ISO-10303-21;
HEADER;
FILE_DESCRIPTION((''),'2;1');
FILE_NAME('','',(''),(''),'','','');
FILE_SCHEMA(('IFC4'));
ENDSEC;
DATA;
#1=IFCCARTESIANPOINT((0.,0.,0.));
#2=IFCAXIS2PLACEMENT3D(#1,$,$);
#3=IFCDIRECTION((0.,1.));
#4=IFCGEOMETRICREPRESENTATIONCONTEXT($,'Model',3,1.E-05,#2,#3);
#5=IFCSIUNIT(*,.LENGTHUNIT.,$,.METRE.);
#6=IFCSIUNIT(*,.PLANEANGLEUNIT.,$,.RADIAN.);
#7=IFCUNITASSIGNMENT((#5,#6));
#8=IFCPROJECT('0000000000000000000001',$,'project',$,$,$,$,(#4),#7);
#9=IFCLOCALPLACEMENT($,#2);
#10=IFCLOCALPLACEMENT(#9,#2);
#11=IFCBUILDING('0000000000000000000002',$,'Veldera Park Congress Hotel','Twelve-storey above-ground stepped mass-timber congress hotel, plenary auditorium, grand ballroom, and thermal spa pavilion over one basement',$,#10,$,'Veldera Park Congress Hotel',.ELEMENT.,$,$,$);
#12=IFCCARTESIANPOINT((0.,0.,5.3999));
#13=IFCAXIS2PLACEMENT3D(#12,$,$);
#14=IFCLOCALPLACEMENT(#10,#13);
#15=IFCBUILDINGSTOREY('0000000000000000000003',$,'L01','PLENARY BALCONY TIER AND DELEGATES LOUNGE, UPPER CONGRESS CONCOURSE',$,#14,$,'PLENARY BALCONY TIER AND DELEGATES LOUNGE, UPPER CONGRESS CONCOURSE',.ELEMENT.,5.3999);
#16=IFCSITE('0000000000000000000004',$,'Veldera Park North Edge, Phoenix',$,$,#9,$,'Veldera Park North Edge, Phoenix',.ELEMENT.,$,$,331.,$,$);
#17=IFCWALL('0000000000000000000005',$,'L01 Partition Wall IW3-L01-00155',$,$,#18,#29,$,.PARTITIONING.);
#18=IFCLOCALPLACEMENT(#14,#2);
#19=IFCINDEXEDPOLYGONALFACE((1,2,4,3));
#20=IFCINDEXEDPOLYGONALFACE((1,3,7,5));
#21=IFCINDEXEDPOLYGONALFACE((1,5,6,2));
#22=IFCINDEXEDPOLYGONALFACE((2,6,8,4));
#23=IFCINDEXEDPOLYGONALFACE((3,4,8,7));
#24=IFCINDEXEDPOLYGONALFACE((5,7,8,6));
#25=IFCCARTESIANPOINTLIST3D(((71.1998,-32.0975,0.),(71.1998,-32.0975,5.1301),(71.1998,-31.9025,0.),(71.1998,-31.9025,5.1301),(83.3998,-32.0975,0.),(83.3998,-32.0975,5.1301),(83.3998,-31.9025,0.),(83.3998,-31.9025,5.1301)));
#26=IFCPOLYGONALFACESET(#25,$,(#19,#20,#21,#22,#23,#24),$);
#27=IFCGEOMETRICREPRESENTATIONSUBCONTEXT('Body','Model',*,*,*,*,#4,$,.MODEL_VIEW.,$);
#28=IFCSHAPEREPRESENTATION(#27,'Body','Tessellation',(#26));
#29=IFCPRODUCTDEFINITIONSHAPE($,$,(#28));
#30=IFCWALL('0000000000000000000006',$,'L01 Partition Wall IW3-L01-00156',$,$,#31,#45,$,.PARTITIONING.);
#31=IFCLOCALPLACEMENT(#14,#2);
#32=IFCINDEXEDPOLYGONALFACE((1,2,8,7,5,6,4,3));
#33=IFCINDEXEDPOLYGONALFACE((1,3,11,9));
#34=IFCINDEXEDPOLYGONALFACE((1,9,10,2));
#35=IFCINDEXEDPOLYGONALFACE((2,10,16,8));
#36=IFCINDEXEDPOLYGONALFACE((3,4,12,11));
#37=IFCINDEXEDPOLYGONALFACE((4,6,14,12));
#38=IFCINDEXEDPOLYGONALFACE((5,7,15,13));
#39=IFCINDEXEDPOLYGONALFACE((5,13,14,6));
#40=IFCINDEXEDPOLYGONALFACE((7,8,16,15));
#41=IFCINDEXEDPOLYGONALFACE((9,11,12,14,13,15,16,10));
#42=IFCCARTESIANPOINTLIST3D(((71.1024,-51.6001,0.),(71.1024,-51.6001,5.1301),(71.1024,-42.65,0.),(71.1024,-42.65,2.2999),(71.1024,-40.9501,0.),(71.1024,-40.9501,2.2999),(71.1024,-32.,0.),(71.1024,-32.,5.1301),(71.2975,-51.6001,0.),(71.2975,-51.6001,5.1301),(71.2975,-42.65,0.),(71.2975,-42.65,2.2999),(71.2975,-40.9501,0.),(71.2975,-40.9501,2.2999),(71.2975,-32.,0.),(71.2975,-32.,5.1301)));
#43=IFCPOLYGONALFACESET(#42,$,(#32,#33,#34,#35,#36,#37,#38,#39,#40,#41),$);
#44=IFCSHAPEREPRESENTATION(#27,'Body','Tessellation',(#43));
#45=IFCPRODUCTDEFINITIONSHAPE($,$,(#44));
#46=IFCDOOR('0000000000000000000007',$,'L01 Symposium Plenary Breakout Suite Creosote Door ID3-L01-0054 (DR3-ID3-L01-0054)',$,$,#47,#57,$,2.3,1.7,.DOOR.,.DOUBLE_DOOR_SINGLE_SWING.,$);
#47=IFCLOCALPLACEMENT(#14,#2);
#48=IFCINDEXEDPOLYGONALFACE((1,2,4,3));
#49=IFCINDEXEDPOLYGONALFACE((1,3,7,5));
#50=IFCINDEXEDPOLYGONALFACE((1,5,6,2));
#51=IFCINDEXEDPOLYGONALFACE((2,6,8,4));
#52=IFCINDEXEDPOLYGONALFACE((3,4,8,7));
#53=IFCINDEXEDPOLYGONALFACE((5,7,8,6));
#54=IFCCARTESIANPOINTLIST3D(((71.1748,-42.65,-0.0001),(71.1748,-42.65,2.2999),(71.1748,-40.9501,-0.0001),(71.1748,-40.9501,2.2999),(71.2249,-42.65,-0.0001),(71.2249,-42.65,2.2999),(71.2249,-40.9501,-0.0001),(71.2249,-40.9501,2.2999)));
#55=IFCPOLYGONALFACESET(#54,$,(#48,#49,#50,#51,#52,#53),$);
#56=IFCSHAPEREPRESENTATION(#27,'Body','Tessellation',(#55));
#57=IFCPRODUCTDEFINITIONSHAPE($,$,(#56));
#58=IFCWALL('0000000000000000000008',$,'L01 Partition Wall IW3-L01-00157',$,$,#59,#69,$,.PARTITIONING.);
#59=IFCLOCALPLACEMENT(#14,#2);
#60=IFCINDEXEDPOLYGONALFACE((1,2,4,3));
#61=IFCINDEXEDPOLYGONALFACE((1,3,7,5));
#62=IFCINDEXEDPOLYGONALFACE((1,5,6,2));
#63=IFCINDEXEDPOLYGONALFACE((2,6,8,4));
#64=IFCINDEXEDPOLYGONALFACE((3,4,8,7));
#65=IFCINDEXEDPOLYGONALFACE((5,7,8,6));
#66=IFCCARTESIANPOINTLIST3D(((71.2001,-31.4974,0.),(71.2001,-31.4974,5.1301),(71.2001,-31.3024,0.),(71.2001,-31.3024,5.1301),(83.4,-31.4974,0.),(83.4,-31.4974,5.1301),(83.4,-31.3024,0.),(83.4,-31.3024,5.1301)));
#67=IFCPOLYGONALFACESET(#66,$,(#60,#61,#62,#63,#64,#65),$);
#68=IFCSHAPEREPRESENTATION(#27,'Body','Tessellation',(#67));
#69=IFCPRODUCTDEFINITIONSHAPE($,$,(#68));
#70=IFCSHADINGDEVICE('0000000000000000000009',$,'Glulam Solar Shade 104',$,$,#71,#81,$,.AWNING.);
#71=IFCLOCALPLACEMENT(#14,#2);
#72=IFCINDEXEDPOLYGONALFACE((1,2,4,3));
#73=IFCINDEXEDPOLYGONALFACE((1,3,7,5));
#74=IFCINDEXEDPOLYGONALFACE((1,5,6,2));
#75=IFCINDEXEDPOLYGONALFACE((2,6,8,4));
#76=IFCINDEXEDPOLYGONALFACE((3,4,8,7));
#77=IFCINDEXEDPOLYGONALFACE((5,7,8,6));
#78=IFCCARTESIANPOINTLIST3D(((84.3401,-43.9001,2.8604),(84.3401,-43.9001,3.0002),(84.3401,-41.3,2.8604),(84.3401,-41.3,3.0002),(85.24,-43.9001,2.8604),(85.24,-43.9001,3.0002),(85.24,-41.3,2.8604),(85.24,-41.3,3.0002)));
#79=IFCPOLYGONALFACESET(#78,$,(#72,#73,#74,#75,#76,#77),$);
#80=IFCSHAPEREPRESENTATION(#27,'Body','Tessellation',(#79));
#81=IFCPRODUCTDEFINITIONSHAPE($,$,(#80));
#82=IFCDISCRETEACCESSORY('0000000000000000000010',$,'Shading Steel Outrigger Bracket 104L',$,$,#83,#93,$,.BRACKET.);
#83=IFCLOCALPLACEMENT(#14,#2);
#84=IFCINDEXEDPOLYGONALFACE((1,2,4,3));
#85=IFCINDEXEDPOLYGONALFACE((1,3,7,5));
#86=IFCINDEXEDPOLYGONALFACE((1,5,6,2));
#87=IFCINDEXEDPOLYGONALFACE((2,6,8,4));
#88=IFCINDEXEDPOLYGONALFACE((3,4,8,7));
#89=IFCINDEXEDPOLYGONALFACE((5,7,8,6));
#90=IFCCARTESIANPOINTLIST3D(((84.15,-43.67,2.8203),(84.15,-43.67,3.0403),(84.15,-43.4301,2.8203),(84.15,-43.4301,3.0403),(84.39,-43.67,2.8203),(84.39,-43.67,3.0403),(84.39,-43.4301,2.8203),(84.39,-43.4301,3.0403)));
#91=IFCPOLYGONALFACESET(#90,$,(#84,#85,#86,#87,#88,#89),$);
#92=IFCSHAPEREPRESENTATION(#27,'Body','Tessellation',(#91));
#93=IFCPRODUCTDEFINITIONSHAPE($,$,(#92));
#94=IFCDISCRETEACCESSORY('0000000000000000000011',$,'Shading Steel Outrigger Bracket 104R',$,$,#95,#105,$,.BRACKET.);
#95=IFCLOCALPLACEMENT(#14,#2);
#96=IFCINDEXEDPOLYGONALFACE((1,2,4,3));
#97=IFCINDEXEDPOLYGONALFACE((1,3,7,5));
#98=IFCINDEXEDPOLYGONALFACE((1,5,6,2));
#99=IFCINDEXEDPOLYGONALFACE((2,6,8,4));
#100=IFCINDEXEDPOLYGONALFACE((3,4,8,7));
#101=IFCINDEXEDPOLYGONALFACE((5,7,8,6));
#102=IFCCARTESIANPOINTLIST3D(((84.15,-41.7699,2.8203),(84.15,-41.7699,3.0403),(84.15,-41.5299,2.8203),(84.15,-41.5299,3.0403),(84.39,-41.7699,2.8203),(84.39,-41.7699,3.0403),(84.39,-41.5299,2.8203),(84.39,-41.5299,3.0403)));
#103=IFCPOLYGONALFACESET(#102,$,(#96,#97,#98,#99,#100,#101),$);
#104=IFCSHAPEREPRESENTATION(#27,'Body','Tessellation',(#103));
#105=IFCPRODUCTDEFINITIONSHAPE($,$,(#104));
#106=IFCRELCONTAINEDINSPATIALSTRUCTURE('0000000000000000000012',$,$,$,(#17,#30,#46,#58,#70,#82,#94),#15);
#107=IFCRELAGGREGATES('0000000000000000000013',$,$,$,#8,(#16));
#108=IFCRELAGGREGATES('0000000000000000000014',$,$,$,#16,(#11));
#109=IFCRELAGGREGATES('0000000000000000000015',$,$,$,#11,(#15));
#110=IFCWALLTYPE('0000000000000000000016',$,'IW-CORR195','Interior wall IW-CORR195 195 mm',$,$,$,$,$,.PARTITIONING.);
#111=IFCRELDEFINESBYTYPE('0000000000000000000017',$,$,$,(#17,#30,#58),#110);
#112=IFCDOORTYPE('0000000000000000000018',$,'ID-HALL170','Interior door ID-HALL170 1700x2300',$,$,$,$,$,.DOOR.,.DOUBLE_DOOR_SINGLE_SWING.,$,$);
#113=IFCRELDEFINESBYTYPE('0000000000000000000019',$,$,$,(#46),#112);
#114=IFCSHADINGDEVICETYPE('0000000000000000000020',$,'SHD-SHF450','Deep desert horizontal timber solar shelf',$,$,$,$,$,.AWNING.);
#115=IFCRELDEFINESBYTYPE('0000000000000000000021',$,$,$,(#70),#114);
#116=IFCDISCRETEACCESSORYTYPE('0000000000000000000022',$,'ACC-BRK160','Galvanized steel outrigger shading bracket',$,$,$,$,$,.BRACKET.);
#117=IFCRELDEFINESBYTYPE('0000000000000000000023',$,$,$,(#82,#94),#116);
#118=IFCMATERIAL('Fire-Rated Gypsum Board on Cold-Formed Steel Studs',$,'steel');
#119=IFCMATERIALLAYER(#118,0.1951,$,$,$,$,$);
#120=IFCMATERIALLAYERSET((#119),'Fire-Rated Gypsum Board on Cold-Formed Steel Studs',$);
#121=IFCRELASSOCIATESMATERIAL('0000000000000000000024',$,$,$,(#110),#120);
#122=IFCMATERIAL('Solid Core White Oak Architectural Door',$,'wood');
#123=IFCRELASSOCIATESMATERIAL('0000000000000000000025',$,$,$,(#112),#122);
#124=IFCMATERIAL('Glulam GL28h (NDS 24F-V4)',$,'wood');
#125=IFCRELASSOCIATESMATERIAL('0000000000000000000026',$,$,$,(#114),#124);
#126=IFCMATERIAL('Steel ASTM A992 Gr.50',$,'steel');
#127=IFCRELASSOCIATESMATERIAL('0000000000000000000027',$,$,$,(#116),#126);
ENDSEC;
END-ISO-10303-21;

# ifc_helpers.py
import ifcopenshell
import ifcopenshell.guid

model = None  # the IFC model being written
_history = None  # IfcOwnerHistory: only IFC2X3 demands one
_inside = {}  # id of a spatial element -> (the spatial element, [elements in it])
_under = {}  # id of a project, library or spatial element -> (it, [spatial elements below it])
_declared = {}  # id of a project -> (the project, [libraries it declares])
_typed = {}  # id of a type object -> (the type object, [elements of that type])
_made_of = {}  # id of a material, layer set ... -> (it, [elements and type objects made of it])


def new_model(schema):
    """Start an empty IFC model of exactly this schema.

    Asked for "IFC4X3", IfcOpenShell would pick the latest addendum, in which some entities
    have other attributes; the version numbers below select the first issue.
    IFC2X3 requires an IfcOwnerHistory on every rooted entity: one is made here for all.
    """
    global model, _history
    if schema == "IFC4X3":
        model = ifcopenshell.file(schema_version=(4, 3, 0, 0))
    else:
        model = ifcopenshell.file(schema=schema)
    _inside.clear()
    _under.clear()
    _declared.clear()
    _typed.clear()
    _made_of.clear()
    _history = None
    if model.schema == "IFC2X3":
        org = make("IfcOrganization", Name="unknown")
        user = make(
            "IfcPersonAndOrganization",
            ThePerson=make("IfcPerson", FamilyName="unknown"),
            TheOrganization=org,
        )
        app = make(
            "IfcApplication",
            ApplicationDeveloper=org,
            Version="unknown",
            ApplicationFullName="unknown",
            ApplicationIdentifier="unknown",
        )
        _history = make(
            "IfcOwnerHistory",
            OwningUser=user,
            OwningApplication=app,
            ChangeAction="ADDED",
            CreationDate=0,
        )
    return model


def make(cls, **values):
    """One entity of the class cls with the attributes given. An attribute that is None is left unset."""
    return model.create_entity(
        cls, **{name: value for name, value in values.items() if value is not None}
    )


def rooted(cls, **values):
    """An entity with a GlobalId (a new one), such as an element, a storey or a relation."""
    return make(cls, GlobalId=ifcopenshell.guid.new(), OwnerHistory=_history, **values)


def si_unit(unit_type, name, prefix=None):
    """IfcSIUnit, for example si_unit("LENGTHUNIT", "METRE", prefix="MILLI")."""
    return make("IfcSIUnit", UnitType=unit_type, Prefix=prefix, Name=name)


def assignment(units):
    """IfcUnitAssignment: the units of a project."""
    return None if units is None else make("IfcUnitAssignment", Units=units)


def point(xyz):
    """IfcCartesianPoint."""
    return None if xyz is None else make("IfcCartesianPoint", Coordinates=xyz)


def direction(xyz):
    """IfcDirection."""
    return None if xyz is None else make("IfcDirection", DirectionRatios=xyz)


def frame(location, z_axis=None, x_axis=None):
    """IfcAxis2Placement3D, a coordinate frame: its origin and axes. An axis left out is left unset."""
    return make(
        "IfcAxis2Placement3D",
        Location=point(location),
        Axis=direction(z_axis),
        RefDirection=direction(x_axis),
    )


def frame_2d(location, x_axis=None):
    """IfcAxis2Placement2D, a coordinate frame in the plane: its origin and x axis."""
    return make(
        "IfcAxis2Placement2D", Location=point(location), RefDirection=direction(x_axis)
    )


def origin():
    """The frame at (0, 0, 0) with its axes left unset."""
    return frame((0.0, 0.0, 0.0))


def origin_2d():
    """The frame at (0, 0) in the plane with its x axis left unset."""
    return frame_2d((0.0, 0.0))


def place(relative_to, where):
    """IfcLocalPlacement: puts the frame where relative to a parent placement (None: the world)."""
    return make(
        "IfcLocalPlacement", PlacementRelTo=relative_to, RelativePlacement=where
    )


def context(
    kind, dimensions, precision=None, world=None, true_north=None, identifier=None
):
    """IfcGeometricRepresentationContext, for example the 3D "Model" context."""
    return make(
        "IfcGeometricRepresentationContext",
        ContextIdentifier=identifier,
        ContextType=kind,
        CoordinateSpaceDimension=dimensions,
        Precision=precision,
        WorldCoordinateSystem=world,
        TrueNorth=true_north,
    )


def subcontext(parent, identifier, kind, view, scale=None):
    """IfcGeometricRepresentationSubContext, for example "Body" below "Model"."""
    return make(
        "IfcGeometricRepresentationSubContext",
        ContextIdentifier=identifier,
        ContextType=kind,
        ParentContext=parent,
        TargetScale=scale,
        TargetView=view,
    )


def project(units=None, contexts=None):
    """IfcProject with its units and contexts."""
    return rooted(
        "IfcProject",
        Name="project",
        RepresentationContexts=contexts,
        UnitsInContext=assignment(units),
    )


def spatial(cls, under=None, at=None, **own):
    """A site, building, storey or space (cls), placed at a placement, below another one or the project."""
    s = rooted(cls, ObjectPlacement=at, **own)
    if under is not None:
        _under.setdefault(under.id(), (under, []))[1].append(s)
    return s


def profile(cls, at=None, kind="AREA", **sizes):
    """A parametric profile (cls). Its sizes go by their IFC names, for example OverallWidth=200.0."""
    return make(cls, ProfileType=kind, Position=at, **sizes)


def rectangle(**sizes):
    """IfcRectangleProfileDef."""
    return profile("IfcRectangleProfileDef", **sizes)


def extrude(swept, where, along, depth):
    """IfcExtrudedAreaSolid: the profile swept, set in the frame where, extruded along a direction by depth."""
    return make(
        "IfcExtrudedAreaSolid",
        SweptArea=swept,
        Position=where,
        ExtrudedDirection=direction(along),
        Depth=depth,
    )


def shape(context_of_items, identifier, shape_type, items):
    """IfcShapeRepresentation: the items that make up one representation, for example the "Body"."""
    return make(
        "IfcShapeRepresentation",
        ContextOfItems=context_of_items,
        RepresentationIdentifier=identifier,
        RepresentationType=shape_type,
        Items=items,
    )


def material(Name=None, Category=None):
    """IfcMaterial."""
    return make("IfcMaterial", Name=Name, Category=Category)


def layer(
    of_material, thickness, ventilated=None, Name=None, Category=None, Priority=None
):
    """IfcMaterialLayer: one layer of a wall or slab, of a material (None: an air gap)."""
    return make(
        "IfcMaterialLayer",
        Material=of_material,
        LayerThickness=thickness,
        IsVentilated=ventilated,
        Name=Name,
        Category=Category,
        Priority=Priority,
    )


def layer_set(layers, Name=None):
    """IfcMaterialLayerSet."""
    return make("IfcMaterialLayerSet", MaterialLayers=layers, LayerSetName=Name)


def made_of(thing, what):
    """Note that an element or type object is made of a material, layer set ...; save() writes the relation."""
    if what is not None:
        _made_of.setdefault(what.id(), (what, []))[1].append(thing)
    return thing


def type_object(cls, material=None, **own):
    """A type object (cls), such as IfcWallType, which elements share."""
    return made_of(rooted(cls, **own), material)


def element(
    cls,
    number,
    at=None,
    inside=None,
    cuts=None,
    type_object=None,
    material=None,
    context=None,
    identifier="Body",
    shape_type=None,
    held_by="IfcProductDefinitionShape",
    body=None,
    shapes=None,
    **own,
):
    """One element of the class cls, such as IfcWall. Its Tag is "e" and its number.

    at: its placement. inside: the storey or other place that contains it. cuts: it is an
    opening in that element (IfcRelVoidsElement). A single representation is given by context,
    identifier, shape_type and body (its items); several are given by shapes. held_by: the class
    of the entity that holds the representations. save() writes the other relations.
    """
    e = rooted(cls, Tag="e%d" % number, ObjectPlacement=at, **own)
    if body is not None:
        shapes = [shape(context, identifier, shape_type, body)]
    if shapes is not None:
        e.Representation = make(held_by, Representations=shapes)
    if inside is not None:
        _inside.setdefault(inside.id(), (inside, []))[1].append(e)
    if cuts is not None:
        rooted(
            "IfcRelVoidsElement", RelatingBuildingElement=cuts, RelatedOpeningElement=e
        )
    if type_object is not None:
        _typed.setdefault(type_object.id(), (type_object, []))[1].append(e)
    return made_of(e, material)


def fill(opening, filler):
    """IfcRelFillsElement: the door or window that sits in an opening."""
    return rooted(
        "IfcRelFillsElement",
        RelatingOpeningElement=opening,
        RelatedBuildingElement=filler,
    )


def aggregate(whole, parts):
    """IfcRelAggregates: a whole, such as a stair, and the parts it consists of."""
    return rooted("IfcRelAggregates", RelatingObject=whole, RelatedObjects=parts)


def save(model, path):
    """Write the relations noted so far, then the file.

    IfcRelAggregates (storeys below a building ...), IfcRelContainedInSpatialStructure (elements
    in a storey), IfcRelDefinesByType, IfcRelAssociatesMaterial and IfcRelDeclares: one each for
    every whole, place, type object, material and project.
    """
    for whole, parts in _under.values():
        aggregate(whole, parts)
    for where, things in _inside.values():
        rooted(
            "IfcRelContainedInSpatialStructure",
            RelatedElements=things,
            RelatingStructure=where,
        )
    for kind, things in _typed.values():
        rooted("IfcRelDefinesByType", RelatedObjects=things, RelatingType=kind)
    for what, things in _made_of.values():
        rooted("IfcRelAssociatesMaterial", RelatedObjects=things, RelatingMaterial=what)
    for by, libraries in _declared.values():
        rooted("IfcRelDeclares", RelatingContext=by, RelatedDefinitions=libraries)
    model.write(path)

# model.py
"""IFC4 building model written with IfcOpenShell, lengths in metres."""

from ifc_helpers import new_model, si_unit, direction, frame, frame_2d, origin, origin_2d, place, context, subcontext, project, spatial, rectangle, extrude, material, layer, layer_set, type_object, element, fill, save


model = new_model("IFC4")

# Units and contexts
model_context = context("Model", 3, precision=1e-05, world=origin(), true_north=direction((0.0, 1.0)))
body_context = subcontext(model_context, "Body", "Model", "MODEL_VIEW")
ifc_project = project(units=[si_unit("LENGTHUNIT", "METRE"), si_unit("PLANEANGLEUNIT", "RADIAN")], contexts=[model_context])

# Site, building, storey
site_placement = place(None, origin())
site = spatial("IfcSite", under=ifc_project, at=site_placement, Name="Veldera Park North Edge, Phoenix", LongName="Veldera Park North Edge, Phoenix", CompositionType="ELEMENT", RefElevation=331.0)
building_placement = place(site_placement, origin())
building = spatial("IfcBuilding", under=site, at=building_placement, Name="Veldera Park Congress Hotel", Description="Twelve-storey above-ground stepped mass-timber congress hotel, plenary auditorium, grand ballroom, and thermal spa pavilion over one basement", LongName="Veldera Park Congress Hotel", CompositionType="ELEMENT")
storey_placement = place(building_placement, frame((0.0, 0.0, 5.3999)))
storey = spatial("IfcBuildingStorey", under=building, at=storey_placement, Name="L01", Description="PLENARY BALCONY TIER AND DELEGATES LOUNGE, UPPER CONGRESS CONCOURSE", LongName="PLENARY BALCONY TIER AND DELEGATES LOUNGE, UPPER CONGRESS CONCOURSE", CompositionType="ELEMENT", Elevation=5.3999)

# Shared definitions
ifc_material_1 = material(Name="Glulam GL28h (NDS 24F-V4)", Category="wood")
ifc_material_2 = material(Name="Steel ASTM A992 Gr.50", Category="steel")

# Wall
ifc_material_3 = material(Name="Fire-Rated Gypsum Board on Cold-Formed Steel Studs", Category="steel")
ifc_layer_1 = layer(ifc_material_3, 0.1951)
ifc_layer_set_1 = layer_set([ifc_layer_1], Name="Fire-Rated Gypsum Board on Cold-Formed Steel Studs")
wall_type_1 = type_object("IfcWallType", Name="IW-CORR195", Description="Interior wall IW-CORR195 195 mm", PredefinedType="PARTITIONING", material=ifc_layer_set_1)
wall_1_placement = place(storey_placement, frame((83.3999, -32.0, 0.0), z_axis=(0.0, 0.0, 1.0), x_axis=(-1.0, 0.0, 0.0)))
element("IfcWall", 1, at=wall_1_placement, inside=storey, type_object=wall_type_1, Name="L01 Partition Wall IW3-L01-00155", PredefinedType="PARTITIONING", context=body_context, shape_type="SweptSolid", body=[
    extrude(rectangle(XDim=12.2, YDim=0.1951, at=frame_2d((6.1001, 0.0))), origin(), (0.0, 0.0, 1.0), 5.1301),
])

# Wall, opening, door
wall_2_placement = place(storey_placement, frame((71.2, -32.0, 0.0), z_axis=(0.0, 0.0, 1.0), x_axis=(0.0, -1.0, 0.0)))
wall_2 = element("IfcWall", 2, at=wall_2_placement, inside=storey, type_object=wall_type_1, Name="L01 Partition Wall IW3-L01-00156", PredefinedType="PARTITIONING", context=body_context, shape_type="SweptSolid", body=[
    extrude(rectangle(XDim=19.6001, YDim=0.1951, at=frame_2d((9.8, 0.0))), origin(), (0.0, 0.0, 1.0), 5.1301),
])
opening_placement = place(wall_2_placement, frame((8.95, 0.0, 0.0)))
opening = element("IfcOpeningElement", 3, at=opening_placement, cuts=wall_2, PredefinedType="OPENING", context=body_context, shape_type="SweptSolid", body=[
    extrude(rectangle(XDim=1.7, YDim=2.3, at=frame_2d((0.8501, 1.1499))), frame((0.0, 0.1096, 0.0), z_axis=(0.0, -1.0, 0.0), x_axis=(1.0, 0.0, 0.0)), (0.0, 0.0, 1.0), 0.219),
])
ifc_material_4 = material(Name="Solid Core White Oak Architectural Door", Category="wood")
door_type = type_object("IfcDoorType", Name="ID-HALL170", Description="Interior door ID-HALL170 1700x2300", OperationType="DOUBLE_DOOR_SINGLE_SWING", PredefinedType="DOOR", material=ifc_material_4)
door_placement = place(opening_placement, origin())
door = element("IfcDoor", 4, at=door_placement, inside=storey, type_object=door_type, Name="L01 Symposium Plenary Breakout Suite Creosote Door ID3-L01-0054 (DR3-ID3-L01-0054)", OperationType="DOUBLE_DOOR_SINGLE_SWING", OverallHeight=2.3, OverallWidth=1.7, PredefinedType="DOOR", context=body_context, shape_type="SweptSolid", body=[
    extrude(rectangle(XDim=1.7, YDim=2.3, at=frame_2d((0.8501, 1.1499))), frame((0.0, 0.0249, 0.0), z_axis=(0.0, -1.0, 0.0), x_axis=(1.0, 0.0, 0.0)), (0.0, 0.0, 1.0), 0.05),
])
fill(opening, door)

# Wall
wall_3_placement = place(storey_placement, frame((71.2, -31.3999, 0.0), z_axis=(0.0, 0.0, 1.0), x_axis=(1.0, 0.0, 0.0)))
element("IfcWall", 5, at=wall_3_placement, inside=storey, type_object=wall_type_1, Name="L01 Partition Wall IW3-L01-00157", PredefinedType="PARTITIONING", context=body_context, shape_type="SweptSolid", body=[
    extrude(rectangle(XDim=12.2, YDim=0.1951, at=frame_2d((6.1001, 0.0))), origin(), (0.0, 0.0, 1.0), 5.1301),
])

# Shading device
shading_device_type = type_object("IfcShadingDeviceType", Name="SHD-SHF450", Description="Deep desert horizontal timber solar shelf", PredefinedType="AWNING", material=ifc_material_1)
shading_device_placement = place(storey_placement, frame((84.79, -42.6001, 2.8604), z_axis=(0.0, 0.0, 1.0), x_axis=(0.0, 1.0, 0.0)))
element("IfcShadingDevice", 6, at=shading_device_placement, inside=storey, type_object=shading_device_type, Name="Glulam Solar Shade 104", PredefinedType="AWNING", context=body_context, shape_type="SweptSolid", body=[
    extrude(rectangle(XDim=2.6001, YDim=0.8999, at=origin_2d()), origin(), (0.0, 0.0, 1.0), 0.1399),
])

# Discrete accessories
discrete_accessory_type = type_object("IfcDiscreteAccessoryType", Name="ACC-BRK160", Description="Galvanized steel outrigger shading bracket", PredefinedType="BRACKET", material=ifc_material_2)
for number, where, z_axis, x_axis, name in (
    (7, (84.27, -43.55, 2.8203), (0.0, 0.0, 1.0), (0.0, 1.0, 0.0), "Shading Steel Outrigger Bracket 104L"),
    (8, (84.27, -41.6499, 2.8203), (0.0, 0.0, 1.0), (0.0, 1.0, 0.0), "Shading Steel Outrigger Bracket 104R"),
):
    element("IfcDiscreteAccessory", number, at=place(storey_placement, frame(where, z_axis=z_axis, x_axis=x_axis)), inside=storey, type_object=discrete_accessory_type, Name=name, PredefinedType="BRACKET", context=body_context, shape_type="SweptSolid", body=[
        extrude(rectangle(XDim=0.24, YDim=0.24, at=origin_2d()), origin(), (0.0, 0.0, 1.0), 0.22),
    ])

save(model, "model.ifc")
